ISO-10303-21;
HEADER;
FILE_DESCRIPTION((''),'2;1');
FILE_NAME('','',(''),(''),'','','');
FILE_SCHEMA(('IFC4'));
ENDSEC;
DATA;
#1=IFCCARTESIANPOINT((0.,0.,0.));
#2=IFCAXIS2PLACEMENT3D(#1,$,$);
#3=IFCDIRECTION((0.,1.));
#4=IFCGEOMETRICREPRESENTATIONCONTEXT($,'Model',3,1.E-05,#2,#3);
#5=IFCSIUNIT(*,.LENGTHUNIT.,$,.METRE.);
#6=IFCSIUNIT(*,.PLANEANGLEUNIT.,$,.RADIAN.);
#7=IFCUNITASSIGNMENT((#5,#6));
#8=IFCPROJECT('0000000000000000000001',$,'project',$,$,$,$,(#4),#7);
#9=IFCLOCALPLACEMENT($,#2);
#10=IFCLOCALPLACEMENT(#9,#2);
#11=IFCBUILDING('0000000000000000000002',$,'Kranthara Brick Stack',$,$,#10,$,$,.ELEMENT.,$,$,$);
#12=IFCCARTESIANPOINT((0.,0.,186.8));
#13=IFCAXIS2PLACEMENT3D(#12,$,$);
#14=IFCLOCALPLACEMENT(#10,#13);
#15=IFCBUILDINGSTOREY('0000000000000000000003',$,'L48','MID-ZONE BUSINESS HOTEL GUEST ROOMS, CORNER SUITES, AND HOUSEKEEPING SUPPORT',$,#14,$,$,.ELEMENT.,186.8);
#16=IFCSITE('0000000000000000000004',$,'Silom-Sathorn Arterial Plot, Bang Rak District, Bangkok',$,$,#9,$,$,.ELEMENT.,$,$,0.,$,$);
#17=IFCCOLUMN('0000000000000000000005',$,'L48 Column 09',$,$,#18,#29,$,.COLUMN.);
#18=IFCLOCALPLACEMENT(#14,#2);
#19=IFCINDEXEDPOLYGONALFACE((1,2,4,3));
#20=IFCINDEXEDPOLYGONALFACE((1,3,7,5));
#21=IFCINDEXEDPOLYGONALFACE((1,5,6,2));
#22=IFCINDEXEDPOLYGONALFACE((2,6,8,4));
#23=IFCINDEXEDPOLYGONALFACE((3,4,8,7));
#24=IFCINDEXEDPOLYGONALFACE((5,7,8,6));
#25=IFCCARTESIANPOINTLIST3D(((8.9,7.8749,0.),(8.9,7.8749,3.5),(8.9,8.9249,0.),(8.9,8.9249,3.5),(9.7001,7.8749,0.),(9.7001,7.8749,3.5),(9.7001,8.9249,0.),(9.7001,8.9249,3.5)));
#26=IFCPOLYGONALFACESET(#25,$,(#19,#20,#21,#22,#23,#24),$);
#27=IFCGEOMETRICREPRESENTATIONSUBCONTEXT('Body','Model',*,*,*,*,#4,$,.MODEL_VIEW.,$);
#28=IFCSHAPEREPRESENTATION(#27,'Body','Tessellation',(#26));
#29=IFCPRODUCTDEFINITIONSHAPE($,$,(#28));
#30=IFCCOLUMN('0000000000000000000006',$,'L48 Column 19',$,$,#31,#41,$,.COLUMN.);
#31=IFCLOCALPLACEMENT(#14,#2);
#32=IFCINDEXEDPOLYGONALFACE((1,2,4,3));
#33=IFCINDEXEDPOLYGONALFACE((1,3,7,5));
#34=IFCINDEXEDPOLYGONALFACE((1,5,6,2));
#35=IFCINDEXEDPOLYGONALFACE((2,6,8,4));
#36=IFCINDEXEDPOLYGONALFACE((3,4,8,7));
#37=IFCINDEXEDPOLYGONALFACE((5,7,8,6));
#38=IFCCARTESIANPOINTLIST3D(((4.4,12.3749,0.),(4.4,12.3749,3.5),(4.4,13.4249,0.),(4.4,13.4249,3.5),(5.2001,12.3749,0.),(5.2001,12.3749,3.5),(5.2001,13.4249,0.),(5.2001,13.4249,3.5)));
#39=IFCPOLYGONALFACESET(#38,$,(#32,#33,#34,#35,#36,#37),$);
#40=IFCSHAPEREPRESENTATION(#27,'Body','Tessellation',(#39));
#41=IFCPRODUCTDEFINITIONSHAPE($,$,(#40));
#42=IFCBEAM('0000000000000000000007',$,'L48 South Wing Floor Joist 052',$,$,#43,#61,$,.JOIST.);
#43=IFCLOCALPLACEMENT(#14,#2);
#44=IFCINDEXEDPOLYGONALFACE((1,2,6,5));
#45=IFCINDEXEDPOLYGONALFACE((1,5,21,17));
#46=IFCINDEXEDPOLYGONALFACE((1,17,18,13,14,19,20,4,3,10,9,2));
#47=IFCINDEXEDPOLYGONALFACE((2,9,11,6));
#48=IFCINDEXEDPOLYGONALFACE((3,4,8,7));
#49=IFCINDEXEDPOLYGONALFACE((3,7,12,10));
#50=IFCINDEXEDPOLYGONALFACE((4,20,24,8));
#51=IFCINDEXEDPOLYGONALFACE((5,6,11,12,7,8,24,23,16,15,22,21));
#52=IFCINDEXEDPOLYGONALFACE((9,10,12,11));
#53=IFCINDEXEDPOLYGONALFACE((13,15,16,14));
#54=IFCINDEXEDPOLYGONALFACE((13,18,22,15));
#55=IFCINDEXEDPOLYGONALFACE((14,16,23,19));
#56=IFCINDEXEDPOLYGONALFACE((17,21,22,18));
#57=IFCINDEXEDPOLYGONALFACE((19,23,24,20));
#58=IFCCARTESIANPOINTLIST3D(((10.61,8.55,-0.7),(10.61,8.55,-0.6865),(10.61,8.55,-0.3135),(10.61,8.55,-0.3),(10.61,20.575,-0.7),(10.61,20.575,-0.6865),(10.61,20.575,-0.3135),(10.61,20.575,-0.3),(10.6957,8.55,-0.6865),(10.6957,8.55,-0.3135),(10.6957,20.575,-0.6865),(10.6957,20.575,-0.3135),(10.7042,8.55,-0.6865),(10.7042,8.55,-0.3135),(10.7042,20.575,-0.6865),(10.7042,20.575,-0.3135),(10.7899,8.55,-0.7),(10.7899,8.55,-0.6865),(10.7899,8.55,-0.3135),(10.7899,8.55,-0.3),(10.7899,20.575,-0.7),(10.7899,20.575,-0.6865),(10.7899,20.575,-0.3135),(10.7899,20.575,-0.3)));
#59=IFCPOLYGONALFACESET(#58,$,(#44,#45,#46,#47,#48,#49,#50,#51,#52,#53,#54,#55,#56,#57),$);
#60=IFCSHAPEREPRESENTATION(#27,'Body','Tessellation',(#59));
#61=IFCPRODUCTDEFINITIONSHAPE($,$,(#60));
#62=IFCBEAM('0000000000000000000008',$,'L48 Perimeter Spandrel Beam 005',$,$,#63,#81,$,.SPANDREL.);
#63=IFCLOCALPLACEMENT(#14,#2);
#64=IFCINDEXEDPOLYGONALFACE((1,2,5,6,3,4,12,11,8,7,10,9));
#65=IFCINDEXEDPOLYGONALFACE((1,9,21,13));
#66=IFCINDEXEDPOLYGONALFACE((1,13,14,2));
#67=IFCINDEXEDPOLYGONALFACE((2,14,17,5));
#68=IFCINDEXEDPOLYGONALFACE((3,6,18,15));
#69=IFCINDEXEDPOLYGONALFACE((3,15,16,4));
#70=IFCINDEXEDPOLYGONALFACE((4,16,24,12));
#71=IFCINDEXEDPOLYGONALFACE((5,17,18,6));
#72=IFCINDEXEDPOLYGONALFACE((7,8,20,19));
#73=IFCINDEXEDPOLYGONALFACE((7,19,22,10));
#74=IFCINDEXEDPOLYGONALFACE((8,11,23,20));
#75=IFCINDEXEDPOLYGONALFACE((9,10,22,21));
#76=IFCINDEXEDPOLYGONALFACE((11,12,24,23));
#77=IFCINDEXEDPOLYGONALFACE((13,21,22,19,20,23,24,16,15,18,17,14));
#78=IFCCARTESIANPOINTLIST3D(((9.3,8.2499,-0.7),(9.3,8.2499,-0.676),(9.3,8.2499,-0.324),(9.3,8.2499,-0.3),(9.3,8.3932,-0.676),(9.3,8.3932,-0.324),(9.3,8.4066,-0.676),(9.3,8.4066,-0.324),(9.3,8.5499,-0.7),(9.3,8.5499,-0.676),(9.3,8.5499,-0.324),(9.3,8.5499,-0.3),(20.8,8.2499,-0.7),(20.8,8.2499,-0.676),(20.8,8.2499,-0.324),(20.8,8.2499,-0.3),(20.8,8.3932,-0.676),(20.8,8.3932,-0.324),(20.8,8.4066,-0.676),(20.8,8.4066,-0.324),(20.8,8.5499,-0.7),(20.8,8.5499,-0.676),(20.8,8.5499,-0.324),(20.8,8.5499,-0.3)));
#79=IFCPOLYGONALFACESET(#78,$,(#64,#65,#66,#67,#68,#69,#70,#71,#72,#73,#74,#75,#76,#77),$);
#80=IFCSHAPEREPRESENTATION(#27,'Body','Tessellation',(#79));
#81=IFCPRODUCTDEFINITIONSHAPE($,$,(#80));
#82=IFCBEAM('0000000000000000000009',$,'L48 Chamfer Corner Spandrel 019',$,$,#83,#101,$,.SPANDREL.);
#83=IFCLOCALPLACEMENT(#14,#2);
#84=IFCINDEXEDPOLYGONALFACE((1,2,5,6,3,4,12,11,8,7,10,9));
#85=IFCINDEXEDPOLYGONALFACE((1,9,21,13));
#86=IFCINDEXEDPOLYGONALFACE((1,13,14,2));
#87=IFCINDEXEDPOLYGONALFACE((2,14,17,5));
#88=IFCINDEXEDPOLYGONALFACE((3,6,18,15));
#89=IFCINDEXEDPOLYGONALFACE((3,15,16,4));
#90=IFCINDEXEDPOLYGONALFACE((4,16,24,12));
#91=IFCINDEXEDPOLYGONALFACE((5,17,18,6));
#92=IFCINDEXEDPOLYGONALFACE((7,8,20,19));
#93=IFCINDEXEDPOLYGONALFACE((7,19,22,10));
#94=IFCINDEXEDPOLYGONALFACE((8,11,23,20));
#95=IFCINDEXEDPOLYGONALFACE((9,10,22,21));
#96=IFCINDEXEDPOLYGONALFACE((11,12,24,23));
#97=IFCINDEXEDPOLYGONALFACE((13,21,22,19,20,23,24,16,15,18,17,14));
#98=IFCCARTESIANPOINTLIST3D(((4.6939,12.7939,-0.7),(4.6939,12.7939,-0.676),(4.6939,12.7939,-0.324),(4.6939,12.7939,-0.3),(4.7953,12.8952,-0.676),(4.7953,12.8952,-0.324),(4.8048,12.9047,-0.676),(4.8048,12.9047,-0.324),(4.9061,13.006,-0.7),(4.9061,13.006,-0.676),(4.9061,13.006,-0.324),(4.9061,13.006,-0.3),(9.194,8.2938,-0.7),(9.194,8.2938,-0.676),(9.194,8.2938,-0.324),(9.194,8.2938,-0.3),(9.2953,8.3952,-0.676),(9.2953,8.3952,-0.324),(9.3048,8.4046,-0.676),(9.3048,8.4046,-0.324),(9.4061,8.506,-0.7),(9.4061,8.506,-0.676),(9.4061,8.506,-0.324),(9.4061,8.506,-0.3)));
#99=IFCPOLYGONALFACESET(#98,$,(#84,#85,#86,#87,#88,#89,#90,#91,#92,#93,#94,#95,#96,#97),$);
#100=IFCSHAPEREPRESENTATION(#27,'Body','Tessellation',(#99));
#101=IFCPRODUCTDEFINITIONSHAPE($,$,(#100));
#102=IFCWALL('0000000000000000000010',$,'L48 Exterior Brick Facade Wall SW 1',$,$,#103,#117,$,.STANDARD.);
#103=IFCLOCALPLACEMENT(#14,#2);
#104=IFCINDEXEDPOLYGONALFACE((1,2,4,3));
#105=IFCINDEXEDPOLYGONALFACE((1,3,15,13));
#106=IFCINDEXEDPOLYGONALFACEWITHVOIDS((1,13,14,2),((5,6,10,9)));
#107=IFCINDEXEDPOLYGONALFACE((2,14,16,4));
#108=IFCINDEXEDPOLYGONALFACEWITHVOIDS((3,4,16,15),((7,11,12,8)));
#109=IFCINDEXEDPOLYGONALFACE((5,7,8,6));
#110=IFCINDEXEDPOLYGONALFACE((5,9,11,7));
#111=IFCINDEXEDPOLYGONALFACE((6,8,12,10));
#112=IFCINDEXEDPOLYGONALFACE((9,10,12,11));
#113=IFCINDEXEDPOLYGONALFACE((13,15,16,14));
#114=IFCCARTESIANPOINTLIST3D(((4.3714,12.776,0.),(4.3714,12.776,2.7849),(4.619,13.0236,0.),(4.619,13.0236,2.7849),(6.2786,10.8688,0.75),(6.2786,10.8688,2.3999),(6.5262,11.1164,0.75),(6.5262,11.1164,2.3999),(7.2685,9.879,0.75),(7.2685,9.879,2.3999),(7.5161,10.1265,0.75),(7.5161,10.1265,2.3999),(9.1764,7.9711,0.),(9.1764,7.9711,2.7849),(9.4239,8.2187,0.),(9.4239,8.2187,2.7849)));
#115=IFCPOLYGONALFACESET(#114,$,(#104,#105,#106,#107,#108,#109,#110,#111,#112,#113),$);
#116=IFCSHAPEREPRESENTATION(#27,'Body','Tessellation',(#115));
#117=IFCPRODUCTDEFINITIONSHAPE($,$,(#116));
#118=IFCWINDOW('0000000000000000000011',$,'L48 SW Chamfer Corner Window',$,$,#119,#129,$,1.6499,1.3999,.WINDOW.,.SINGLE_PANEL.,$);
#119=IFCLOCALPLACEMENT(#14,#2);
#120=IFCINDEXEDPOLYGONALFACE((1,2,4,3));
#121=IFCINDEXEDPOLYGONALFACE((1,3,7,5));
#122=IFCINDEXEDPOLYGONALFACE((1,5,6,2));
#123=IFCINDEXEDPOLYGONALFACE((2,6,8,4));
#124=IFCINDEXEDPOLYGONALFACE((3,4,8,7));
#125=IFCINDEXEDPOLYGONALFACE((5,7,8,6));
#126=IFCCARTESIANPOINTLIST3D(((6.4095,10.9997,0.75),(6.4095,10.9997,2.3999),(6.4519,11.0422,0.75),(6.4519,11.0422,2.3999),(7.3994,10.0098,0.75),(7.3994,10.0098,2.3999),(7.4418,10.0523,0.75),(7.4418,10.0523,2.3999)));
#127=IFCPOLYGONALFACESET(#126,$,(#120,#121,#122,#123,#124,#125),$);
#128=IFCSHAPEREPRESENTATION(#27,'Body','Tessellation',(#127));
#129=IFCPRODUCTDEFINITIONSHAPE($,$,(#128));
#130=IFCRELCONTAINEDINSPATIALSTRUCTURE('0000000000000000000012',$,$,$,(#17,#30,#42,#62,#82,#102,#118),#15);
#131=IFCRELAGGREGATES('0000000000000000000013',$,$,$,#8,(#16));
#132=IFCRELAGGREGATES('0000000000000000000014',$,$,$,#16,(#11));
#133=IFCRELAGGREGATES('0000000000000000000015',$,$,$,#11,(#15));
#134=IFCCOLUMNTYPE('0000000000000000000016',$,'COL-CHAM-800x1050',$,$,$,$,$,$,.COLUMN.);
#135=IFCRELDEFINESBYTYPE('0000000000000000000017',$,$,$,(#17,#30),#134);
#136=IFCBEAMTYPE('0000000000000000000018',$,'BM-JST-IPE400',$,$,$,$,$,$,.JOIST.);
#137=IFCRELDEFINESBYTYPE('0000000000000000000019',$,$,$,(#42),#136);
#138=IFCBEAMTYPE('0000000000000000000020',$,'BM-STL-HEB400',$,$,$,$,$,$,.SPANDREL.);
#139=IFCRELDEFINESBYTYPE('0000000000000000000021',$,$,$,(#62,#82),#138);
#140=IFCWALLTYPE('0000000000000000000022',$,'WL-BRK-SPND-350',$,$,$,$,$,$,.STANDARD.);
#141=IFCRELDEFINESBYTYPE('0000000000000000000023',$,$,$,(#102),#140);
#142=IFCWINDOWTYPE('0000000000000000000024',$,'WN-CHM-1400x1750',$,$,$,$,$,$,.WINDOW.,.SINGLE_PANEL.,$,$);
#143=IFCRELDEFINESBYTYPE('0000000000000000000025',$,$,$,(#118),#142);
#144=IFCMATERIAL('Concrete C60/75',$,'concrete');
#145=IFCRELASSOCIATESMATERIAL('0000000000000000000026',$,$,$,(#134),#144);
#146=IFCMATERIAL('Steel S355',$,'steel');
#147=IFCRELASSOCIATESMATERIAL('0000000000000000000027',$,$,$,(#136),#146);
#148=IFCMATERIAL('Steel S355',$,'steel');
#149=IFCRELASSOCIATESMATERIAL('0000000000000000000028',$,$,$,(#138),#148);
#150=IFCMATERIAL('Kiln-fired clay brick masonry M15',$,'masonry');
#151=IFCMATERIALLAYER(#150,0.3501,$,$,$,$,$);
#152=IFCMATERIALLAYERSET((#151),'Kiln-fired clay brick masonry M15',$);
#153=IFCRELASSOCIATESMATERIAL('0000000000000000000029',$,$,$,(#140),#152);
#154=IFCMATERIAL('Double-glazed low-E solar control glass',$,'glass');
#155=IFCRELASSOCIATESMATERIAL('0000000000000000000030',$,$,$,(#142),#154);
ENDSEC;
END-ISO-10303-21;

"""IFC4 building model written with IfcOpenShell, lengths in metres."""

from ifc_helpers import new_model, si_unit, direction, frame, frame_2d, origin, origin_2d, place, context, subcontext, project, spatial, rectangle, i_section, extrude, material, layer, layer_set, material_profile, profile_set, type_object, element, fill, save


model = new_model("IFC4")

# Units and contexts
model_context = context("Model", 3, precision=1e-05, world=origin(), true_north=direction((0.0, 1.0)))
body_context = subcontext(model_context, "Body", "Model", "MODEL_VIEW")
ifc_project = project(units=[si_unit("LENGTHUNIT", "METRE"), si_unit("PLANEANGLEUNIT", "RADIAN")], contexts=[model_context])

# Site, building, storey
site_placement = place(None, origin())
site = spatial("IfcSite", under=ifc_project, at=site_placement, Name="Silom-Sathorn Arterial Plot, Bang Rak District, Bangkok", CompositionType="ELEMENT", RefElevation=0.0)
building_placement = place(site_placement, origin())
building = spatial("IfcBuilding", under=site, at=building_placement, Name="Kranthara Brick Stack", CompositionType="ELEMENT")
storey_placement = place(building_placement, frame((0.0, 0.0, 186.8)))
storey = spatial("IfcBuildingStorey", under=building, at=storey_placement, Name="L48", Description="MID-ZONE BUSINESS HOTEL GUEST ROOMS, CORNER SUITES, AND HOUSEKEEPING SUPPORT", CompositionType="ELEMENT", Elevation=186.8)

# Columns
ifc_material_1 = material(Name="Concrete C60/75", Category="concrete")
ifc_material_profile_1 = material_profile(ifc_material_1, rectangle(XDim=0.8, YDim=1.05, at=origin_2d()), Name="RC 800x1050")
ifc_profile_set_1 = profile_set([ifc_material_profile_1], Name="Concrete C60/75")
column_type = type_object("IfcColumnType", Name="COL-CHAM-800x1050", PredefinedType="COLUMN", material=ifc_profile_set_1)
for number, where, z_axis, x_axis, name in (
    (1, (9.3, 8.3999, 0.0), (0.0, 0.0, 1.0), (1.0, 0.0, 0.0), "L48 Column 09"),
    (2, (4.8, 12.8999, 0.0), (0.0, 0.0, 1.0), (1.0, 0.0, 0.0), "L48 Column 19"),
):
    element("IfcColumn", number, at=place(storey_placement, frame(where, z_axis=z_axis, x_axis=x_axis)), inside=storey, type_object=column_type, Name=name, PredefinedType="COLUMN", context=body_context, shape_type="SweptSolid", body=[
        extrude(rectangle(XDim=0.8, YDim=1.05, at=origin_2d()), origin(), (0.0, 0.0, 1.0), 3.5),
    ])

# Beams
ifc_material_2 = material(Name="Steel S355", Category="steel")
ifc_material_profile_2 = material_profile(ifc_material_2, i_section(OverallWidth=0.1799, OverallDepth=0.3999, WebThickness=0.0085, FlangeThickness=0.0134, at=origin_2d()), Name="IPE 400")
ifc_profile_set_2 = profile_set([ifc_material_profile_2], Name="Steel S355")
beam_type_1 = type_object("IfcBeamType", Name="BM-JST-IPE400", PredefinedType="JOIST", material=ifc_profile_set_2)
beam_1_placement = place(storey_placement, frame((10.7, 8.55, -0.5), z_axis=(0.0, 1.0, 0.0), x_axis=(-1.0, 0.0, 0.0)))
element("IfcBeam", 3, at=beam_1_placement, inside=storey, type_object=beam_type_1, Name="L48 South Wing Floor Joist 052", PredefinedType="JOIST", context=body_context, shape_type="SweptSolid", body=[
    extrude(i_section(OverallWidth=0.1799, OverallDepth=0.3999, WebThickness=0.0085, FlangeThickness=0.0134, at=origin_2d()), origin(), (0.0, 0.0, 1.0), 12.0249),
])
ifc_material_3 = material(Name="Steel S355", Category="steel")
ifc_material_profile_3 = material_profile(ifc_material_3, i_section(OverallWidth=0.3, OverallDepth=0.3999, WebThickness=0.0134, FlangeThickness=0.0239, at=origin_2d()), Name="HEB 400")
ifc_profile_set_3 = profile_set([ifc_material_profile_3], Name="Steel S355")
beam_type_2 = type_object("IfcBeamType", Name="BM-STL-HEB400", PredefinedType="SPANDREL", material=ifc_profile_set_3)
beam_2_placement = place(storey_placement, frame((9.3, 8.3999, -0.5), z_axis=(1.0, 0.0, 0.0), x_axis=(0.0, 1.0, 0.0)))
element("IfcBeam", 4, at=beam_2_placement, inside=storey, type_object=beam_type_2, Name="L48 Perimeter Spandrel Beam 005", PredefinedType="SPANDREL", context=body_context, shape_type="SweptSolid", body=[
    extrude(i_section(OverallWidth=0.3, OverallDepth=0.3999, WebThickness=0.0134, FlangeThickness=0.0239, at=origin_2d()), origin(), (0.0, 0.0, 1.0), 11.5),
])
beam_3_placement = place(storey_placement, frame((9.3, 8.3999, -0.5), z_axis=(-0.707107, 0.707107, 0.0), x_axis=(-0.707107, -0.707107, 0.0)))
element("IfcBeam", 5, at=beam_3_placement, inside=storey, type_object=beam_type_2, Name="L48 Chamfer Corner Spandrel 019", PredefinedType="SPANDREL", context=body_context, shape_type="SweptSolid", body=[
    extrude(i_section(OverallWidth=0.3, OverallDepth=0.3999, WebThickness=0.0134, FlangeThickness=0.0239, at=origin_2d()), origin(), (0.0, 0.0, 1.0), 6.364),
])

# Wall, opening, window
ifc_material_4 = material(Name="Kiln-fired clay brick masonry M15", Category="masonry")
ifc_layer_1 = layer(ifc_material_4, 0.3501)
ifc_layer_set_1 = layer_set([ifc_layer_1], Name="Kiln-fired clay brick masonry M15")
wall_type_1 = type_object("IfcWallType", Name="WL-BRK-SPND-350", PredefinedType="STANDARD", material=ifc_layer_set_1)
wall_1_placement = place(storey_placement, frame((9.3, 8.095, 0.0), z_axis=(0.0, 0.0, 1.0), x_axis=(-0.707107, 0.707107, 0.0)))
wall_1 = element("IfcWall", 6, at=wall_1_placement, inside=storey, type_object=wall_type_1, Name="L48 Exterior Brick Facade Wall SW 1", PredefinedType="STANDARD", context=body_context, shape_type="SweptSolid", body=[
    extrude(rectangle(XDim=6.7952, YDim=0.3501, at=frame_2d((3.3975, 0.0))), origin(), (0.0, 0.0, 1.0), 2.7849),
])
opening_1_placement = place(wall_1_placement, frame((2.698, 0.0, 0.75)))
opening_1 = element("IfcOpeningElement", 7, at=opening_1_placement, cuts=wall_1, PredefinedType="OPENING", context=body_context, shape_type="SweptSolid", body=[
    extrude(rectangle(XDim=1.3999, YDim=1.6499, at=frame_2d((0.7, 0.825))), frame((0.0, 0.1851, 0.0), z_axis=(0.0, -1.0, 0.0), x_axis=(1.0, 0.0, 0.0)), (0.0, 0.0, 1.0), 0.3701),
])
ifc_material_5 = material(Name="Double-glazed low-E solar control glass", Category="glass")
window_type_1 = type_object("IfcWindowType", Name="WN-CHM-1400x1750", PartitioningType="SINGLE_PANEL", PredefinedType="WINDOW", material=ifc_material_5)
window_1_placement = place(opening_1_placement, origin())
window_1 = element("IfcWindow", 8, at=window_1_placement, inside=storey, type_object=window_type_1, Name="L48 SW Chamfer Corner Window", OverallHeight=1.6499, OverallWidth=1.3999, PartitioningType="SINGLE_PANEL", PredefinedType="WINDOW", context=body_context, shape_type="SweptSolid", body=[
    extrude(rectangle(XDim=1.3999, YDim=1.6499, at=frame_2d((0.7, 0.825))), frame((0.0, -0.01, 0.0), z_axis=(0.0, -1.0, 0.0), x_axis=(1.0, 0.0, 0.0)), (0.0, 0.0, 1.0), 0.0601),
])
fill(opening_1, window_1)

save(model, "model.ifc")
